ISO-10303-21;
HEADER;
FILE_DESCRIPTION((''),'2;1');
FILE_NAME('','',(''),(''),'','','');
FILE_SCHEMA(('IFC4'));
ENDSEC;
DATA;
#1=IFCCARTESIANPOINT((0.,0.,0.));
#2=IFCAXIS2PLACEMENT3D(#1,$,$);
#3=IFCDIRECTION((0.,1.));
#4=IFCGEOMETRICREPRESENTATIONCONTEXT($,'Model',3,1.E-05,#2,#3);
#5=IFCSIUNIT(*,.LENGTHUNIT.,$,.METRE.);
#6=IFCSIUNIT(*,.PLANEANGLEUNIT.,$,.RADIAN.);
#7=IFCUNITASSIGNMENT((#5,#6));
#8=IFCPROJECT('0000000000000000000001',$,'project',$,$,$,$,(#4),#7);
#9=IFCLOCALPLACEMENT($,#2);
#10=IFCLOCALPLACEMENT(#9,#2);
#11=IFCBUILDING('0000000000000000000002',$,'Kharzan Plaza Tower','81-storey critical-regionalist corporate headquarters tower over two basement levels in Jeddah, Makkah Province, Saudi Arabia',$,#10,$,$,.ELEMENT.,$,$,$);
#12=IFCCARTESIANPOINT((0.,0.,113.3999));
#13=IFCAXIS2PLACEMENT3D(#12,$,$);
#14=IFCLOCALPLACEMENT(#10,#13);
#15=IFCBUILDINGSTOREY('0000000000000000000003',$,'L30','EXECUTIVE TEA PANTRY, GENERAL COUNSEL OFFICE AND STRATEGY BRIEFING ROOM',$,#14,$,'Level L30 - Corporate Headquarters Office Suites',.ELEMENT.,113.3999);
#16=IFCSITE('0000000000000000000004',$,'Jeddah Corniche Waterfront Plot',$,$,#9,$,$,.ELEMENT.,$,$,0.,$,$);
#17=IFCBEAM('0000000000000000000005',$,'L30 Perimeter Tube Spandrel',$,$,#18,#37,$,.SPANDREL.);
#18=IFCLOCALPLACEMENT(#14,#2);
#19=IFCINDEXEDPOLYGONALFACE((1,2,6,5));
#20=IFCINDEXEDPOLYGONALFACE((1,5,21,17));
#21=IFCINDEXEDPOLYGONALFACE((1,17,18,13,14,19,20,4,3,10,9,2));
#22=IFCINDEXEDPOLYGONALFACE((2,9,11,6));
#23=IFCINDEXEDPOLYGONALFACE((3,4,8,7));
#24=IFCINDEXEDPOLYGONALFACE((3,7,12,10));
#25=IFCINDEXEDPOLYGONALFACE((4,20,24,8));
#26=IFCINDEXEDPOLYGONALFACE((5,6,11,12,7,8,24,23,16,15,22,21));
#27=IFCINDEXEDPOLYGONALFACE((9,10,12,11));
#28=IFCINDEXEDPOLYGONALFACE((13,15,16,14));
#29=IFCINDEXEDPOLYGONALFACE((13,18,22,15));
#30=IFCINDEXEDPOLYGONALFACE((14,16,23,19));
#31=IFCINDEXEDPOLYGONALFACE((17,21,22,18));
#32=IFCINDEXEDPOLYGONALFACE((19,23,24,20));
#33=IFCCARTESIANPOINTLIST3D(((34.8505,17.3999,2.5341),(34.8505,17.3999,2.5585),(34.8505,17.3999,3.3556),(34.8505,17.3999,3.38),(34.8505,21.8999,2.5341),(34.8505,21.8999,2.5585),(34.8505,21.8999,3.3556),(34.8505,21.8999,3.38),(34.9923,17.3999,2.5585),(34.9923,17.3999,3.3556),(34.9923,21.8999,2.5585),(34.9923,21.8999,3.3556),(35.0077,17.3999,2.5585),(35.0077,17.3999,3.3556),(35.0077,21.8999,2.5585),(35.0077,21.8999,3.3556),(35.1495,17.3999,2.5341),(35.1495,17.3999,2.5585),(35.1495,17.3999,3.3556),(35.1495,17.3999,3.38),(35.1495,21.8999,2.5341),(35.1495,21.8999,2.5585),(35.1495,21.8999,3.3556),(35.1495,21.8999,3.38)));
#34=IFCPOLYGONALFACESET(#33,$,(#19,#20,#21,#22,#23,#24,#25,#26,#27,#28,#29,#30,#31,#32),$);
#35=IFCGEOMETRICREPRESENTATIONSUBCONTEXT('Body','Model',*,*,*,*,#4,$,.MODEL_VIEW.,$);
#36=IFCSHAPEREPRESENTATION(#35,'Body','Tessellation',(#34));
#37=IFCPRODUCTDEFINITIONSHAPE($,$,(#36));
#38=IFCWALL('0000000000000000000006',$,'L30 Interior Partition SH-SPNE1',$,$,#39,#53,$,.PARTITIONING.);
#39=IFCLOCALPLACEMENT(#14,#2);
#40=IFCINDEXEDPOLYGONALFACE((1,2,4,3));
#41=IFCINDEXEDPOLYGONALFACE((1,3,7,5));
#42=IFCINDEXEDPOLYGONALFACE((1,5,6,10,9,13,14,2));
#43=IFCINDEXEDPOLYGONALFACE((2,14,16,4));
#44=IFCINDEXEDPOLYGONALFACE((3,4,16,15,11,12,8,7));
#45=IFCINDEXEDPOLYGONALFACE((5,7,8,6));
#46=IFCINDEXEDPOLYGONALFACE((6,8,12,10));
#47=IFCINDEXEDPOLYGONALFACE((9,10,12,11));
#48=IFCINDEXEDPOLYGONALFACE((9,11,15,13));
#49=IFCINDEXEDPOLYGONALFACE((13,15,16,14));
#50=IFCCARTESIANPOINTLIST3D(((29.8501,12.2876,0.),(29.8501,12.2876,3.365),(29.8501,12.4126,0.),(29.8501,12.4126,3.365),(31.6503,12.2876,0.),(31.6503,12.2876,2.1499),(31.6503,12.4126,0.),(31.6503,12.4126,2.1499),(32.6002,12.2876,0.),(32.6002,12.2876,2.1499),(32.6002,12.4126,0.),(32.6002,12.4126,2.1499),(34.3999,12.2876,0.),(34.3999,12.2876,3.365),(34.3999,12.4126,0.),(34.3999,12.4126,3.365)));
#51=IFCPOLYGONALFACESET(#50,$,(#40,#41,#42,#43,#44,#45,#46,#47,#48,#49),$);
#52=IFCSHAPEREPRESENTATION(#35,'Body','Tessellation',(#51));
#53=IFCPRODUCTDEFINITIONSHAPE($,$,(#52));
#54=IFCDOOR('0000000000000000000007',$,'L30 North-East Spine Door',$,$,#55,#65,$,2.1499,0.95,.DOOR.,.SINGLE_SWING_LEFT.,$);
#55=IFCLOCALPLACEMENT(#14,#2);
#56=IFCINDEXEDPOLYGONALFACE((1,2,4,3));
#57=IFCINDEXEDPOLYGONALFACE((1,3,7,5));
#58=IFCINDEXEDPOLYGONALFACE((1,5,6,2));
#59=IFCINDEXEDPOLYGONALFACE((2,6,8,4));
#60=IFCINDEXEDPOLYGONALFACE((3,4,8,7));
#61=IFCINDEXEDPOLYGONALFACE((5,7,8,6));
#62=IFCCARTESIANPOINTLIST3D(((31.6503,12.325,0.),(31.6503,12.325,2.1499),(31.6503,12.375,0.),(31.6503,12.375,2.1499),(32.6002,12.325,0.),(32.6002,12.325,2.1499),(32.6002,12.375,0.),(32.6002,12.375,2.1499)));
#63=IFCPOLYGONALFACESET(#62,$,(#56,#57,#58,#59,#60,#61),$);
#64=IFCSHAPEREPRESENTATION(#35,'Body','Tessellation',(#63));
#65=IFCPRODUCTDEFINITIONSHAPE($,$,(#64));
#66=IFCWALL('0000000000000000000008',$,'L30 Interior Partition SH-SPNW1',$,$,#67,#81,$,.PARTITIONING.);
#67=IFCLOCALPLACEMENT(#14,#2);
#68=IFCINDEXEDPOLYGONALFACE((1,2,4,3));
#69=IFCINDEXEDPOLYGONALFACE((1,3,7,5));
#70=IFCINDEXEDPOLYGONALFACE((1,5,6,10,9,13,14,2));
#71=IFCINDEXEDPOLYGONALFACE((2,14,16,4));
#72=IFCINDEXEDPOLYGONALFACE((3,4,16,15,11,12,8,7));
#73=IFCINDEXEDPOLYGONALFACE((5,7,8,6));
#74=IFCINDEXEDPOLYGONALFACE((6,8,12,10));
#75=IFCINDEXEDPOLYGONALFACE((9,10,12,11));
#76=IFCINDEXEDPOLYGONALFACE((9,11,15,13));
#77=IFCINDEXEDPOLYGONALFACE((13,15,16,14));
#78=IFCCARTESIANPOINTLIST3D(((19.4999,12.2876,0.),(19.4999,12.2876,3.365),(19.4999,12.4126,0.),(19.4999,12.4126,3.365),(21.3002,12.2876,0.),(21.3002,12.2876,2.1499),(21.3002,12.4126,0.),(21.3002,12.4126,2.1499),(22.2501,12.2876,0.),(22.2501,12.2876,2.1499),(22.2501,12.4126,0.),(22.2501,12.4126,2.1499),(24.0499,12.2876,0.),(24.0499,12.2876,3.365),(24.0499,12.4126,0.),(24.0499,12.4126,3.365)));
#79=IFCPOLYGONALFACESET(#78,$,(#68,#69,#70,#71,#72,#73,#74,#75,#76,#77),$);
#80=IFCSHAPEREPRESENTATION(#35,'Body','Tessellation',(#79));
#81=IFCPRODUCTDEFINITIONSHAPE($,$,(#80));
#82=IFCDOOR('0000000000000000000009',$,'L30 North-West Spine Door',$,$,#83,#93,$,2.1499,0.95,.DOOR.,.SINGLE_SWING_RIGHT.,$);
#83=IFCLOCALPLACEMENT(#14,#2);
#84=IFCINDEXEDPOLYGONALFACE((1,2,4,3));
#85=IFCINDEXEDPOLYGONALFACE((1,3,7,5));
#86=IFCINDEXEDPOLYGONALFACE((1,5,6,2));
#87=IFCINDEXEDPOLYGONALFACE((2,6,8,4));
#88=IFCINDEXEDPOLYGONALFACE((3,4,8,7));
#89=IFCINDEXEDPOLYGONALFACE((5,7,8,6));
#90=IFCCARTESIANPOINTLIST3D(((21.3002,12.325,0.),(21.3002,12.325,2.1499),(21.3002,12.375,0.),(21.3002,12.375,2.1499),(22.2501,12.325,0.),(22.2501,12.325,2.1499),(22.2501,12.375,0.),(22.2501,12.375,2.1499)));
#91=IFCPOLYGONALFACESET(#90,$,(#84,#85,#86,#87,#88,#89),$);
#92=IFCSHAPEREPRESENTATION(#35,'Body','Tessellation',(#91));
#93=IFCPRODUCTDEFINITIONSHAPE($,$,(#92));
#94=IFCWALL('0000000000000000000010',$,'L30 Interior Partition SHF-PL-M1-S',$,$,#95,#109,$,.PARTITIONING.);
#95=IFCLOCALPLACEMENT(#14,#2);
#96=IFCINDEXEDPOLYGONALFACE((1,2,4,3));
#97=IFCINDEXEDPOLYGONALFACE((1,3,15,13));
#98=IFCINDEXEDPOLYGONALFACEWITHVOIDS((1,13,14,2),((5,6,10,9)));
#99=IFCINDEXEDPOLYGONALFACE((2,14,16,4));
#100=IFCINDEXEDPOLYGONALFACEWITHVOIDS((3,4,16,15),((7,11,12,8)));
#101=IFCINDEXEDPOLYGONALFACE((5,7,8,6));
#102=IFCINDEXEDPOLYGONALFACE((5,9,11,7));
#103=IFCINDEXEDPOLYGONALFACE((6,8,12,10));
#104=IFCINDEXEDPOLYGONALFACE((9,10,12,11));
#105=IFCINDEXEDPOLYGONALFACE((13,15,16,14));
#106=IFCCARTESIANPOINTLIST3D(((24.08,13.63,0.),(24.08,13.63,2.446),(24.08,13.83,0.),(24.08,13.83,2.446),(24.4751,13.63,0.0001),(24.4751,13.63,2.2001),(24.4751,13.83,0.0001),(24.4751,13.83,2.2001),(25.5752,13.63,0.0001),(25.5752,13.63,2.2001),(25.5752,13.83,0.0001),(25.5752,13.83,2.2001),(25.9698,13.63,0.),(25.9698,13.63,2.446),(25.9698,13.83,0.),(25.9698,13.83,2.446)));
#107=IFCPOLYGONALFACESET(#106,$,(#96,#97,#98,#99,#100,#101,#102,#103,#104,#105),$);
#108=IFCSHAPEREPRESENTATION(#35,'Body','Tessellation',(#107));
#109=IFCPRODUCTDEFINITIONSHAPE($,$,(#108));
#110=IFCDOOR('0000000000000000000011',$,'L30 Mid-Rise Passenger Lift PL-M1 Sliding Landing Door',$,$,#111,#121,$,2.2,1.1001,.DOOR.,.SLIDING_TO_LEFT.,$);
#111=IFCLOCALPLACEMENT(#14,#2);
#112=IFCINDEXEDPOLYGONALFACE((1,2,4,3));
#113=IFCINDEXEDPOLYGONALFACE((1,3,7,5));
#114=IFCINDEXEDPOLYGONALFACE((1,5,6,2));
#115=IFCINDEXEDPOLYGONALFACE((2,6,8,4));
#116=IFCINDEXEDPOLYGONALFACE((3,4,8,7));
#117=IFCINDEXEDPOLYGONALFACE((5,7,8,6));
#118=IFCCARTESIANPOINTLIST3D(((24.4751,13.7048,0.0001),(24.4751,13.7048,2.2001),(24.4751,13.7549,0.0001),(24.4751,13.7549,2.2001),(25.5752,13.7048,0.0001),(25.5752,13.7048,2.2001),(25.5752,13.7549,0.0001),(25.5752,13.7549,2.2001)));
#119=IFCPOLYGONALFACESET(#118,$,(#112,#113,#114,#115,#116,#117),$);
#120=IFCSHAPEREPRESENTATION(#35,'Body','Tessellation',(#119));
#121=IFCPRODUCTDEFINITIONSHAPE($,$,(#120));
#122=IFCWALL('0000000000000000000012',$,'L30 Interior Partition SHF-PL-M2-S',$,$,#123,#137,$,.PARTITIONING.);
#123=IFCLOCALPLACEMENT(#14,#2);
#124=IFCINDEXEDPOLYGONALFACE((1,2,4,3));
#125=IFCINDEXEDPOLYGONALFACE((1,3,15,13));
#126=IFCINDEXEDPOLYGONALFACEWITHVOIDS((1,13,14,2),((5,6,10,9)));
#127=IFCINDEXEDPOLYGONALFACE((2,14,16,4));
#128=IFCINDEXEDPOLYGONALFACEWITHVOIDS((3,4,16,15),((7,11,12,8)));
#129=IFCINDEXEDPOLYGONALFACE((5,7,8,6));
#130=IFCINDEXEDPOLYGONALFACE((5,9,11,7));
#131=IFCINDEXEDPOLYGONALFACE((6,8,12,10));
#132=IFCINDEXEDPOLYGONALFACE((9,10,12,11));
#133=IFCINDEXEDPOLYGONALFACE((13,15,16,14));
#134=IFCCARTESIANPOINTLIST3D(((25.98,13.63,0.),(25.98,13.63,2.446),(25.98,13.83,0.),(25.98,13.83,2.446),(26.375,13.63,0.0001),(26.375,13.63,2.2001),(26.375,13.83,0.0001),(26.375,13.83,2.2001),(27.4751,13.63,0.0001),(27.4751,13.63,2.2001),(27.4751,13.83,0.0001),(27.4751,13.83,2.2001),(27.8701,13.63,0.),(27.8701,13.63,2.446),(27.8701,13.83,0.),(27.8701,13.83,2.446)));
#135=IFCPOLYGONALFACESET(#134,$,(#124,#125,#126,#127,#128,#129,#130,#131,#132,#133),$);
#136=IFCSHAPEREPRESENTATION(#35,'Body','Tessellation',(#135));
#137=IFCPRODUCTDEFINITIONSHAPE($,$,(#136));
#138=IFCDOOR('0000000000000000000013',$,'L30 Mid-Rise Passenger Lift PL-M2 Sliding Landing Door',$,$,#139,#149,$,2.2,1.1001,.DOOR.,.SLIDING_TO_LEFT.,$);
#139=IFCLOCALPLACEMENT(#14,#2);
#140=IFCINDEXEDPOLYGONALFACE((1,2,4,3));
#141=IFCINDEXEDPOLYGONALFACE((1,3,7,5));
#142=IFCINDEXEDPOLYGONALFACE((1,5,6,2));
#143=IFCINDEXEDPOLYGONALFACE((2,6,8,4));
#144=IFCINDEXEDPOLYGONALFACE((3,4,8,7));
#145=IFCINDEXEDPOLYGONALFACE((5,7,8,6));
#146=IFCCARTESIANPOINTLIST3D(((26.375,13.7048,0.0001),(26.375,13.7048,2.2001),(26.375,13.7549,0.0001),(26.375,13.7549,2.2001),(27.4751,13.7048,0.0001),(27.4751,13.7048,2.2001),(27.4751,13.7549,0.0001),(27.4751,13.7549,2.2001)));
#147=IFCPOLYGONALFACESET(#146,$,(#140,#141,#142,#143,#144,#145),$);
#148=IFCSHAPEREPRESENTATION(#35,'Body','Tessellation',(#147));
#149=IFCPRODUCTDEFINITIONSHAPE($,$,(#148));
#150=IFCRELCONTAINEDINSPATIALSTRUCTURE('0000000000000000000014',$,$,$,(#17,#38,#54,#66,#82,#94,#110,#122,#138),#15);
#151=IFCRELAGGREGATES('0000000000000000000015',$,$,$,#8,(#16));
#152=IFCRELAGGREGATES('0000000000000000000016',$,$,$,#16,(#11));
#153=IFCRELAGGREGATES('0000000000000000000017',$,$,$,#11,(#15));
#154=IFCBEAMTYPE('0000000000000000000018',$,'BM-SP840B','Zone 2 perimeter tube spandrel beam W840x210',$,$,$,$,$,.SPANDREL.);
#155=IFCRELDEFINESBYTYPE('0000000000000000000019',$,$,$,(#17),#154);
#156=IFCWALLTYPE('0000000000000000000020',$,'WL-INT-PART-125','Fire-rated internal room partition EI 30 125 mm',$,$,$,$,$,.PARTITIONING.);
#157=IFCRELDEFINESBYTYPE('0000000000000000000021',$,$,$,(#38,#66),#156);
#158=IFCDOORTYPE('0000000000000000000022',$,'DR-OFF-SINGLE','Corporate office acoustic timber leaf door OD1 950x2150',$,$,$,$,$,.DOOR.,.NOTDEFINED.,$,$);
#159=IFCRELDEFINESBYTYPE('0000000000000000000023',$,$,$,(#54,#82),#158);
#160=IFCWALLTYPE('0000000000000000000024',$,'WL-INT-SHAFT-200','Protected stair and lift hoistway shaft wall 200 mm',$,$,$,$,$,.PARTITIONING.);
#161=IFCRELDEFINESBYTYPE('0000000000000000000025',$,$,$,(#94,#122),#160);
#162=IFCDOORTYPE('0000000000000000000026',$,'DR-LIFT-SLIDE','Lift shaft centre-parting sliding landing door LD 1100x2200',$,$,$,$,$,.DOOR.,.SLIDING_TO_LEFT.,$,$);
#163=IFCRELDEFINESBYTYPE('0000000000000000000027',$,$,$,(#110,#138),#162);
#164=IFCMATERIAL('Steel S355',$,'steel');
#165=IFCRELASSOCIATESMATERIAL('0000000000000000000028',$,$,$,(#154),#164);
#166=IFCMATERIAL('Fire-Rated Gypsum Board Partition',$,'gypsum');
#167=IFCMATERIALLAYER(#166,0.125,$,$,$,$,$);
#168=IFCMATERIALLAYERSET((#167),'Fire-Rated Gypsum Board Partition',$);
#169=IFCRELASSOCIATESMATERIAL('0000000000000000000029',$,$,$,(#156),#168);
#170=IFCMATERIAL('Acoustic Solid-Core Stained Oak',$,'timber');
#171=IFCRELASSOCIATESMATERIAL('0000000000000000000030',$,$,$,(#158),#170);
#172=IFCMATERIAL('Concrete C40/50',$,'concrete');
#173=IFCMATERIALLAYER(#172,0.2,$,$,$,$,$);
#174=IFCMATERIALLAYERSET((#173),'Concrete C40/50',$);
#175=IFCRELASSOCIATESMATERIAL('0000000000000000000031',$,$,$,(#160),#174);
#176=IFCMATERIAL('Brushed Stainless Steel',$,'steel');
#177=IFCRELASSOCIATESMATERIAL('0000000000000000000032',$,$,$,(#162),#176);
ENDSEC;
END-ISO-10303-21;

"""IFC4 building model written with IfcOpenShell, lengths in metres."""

from ifc_helpers import new_model, si_unit, direction, frame, frame_2d, origin, origin_2d, place, context, subcontext, project, spatial, rectangle, i_section, extrude, source, transform, mapped, material, layer, layer_set, material_profile, profile_set, type_object, element, fill, save


model = new_model("IFC4")

# Units and contexts
model_context = context("Model", 3, precision=1e-05, world=origin(), true_north=direction((0.0, 1.0)))
body_context = subcontext(model_context, "Body", "Model", "MODEL_VIEW")
ifc_project = project(units=[si_unit("LENGTHUNIT", "METRE"), si_unit("PLANEANGLEUNIT", "RADIAN")], contexts=[model_context])

# Site, building, storey
site_placement = place(None, origin())
site = spatial("IfcSite", under=ifc_project, at=site_placement, Name="Jeddah Corniche Waterfront Plot", CompositionType="ELEMENT", RefElevation=0.0)
building_placement = place(site_placement, origin())
building = spatial("IfcBuilding", under=site, at=building_placement, Name="Kharzan Plaza Tower", Description="81-storey critical-regionalist corporate headquarters tower over two basement levels in Jeddah, Makkah Province, Saudi Arabia", CompositionType="ELEMENT")
storey_placement = place(building_placement, frame((0.0, 0.0, 113.3999)))
storey = spatial("IfcBuildingStorey", under=building, at=storey_placement, Name="L30", Description="EXECUTIVE TEA PANTRY, GENERAL COUNSEL OFFICE AND STRATEGY BRIEFING ROOM", LongName="Level L30 - Corporate Headquarters Office Suites", CompositionType="ELEMENT", Elevation=113.3999)

# Beam
ifc_material_1 = material(Name="Steel S355", Category="steel")
ifc_material_profile_1 = material_profile(ifc_material_1, i_section(OverallWidth=0.2991, OverallDepth=0.8459, WebThickness=0.0154, FlangeThickness=0.0244, at=origin_2d()), Name="W840x210")
ifc_profile_set_1 = profile_set([ifc_material_profile_1], Name="Steel S355")
beam_type_1 = type_object("IfcBeamType", Name="BM-SP840B", Description="Zone 2 perimeter tube spandrel beam W840x210", PredefinedType="SPANDREL", material=ifc_profile_set_1)
shared_shape_1 = source(origin(), body_context, "Body", "SweptSolid", [
    extrude(i_section(OverallWidth=0.2991, OverallDepth=0.8459, WebThickness=0.0154, FlangeThickness=0.0244, at=origin_2d()), origin(), (0.0, 0.0, 1.0), 4.5),
])
for number, where, z_axis, x_axis, name in (
    (1, (35.0, 17.3999, 2.957), (0.0, 1.0, 0.0), (-1.0, 0.0, 0.0), "L30 Perimeter Tube Spandrel"),
):
    element("IfcBeam", number, at=place(storey_placement, frame(where, z_axis=z_axis, x_axis=x_axis)), inside=storey, type_object=beam_type_1, Name=name, PredefinedType="SPANDREL", context=body_context, shape_type="MappedRepresentation", body=[
        mapped(shared_shape_1, transform((0.0, 0.0, 0.0), x_axis=(1.0, 0.0, 0.0), y_axis=(0.0, 1.0, 0.0), z_axis=(0.0, 0.0, 1.0))),
    ])

# Walls, openings, doors
ifc_material_2 = material(Name="Fire-Rated Gypsum Board Partition", Category="gypsum")
ifc_layer_1 = layer(ifc_material_2, 0.125)
ifc_layer_set_1 = layer_set([ifc_layer_1], Name="Fire-Rated Gypsum Board Partition")
wall_type_1 = type_object("IfcWallType", Name="WL-INT-PART-125", Description="Fire-rated internal room partition EI 30 125 mm", PredefinedType="PARTITIONING", material=ifc_layer_set_1)
wall_1_placement = place(storey_placement, frame((29.8501, 12.3501, 0.0), z_axis=(0.0, 0.0, 1.0), x_axis=(1.0, 0.0, 0.0)))
wall_1 = element("IfcWall", 2, at=wall_1_placement, inside=storey, type_object=wall_type_1, Name="L30 Interior Partition SH-SPNE1", PredefinedType="PARTITIONING", context=body_context, shape_type="SweptSolid", body=[
    extrude(rectangle(XDim=4.5498, YDim=0.125, at=frame_2d((2.2749, 0.0))), origin(), (0.0, 0.0, 1.0), 3.365),
])
opening_1_placement = place(wall_1_placement, frame((1.8, 0.0, 0.0)))
opening_1 = element("IfcOpeningElement", 3, at=opening_1_placement, cuts=wall_1, PredefinedType="OPENING", context=body_context, shape_type="SweptSolid", body=[
    extrude(rectangle(XDim=0.95, YDim=2.1499, at=frame_2d((0.4751, 1.075))), frame((0.0, 0.0725, 0.0), z_axis=(0.0, -1.0, 0.0), x_axis=(1.0, 0.0, 0.0)), (0.0, 0.0, 1.0), 0.145),
])
ifc_material_3 = material(Name="Acoustic Solid-Core Stained Oak", Category="timber")
door_type_1 = type_object("IfcDoorType", Name="DR-OFF-SINGLE", Description="Corporate office acoustic timber leaf door OD1 950x2150", OperationType="NOTDEFINED", PredefinedType="DOOR", material=ifc_material_3)
shared_shape_2 = source(origin(), body_context, "Body", "SweptSolid", [
    extrude(rectangle(XDim=0.95, YDim=2.1499, at=frame_2d((0.4751, 1.075))), frame((0.0, 0.0249, 0.0), z_axis=(0.0, -1.0, 0.0), x_axis=(1.0, 0.0, 0.0)), (0.0, 0.0, 1.0), 0.05),
])
door_1_placement = place(opening_1_placement, origin())
door_1 = element("IfcDoor", 4, at=door_1_placement, inside=storey, type_object=door_type_1, Name="L30 North-East Spine Door", OperationType="SINGLE_SWING_LEFT", OverallHeight=2.1499, OverallWidth=0.95, PredefinedType="DOOR", context=body_context, shape_type="MappedRepresentation", body=[
    mapped(shared_shape_2, transform((0.0, 0.0, 0.0), x_axis=(1.0, 0.0, 0.0), y_axis=(0.0, 1.0, 0.0), z_axis=(0.0, 0.0, 1.0))),
])
fill(opening_1, door_1)
wall_2_placement = place(storey_placement, frame((19.5, 12.3501, 0.0), z_axis=(0.0, 0.0, 1.0), x_axis=(1.0, 0.0, 0.0)))
wall_2 = element("IfcWall", 5, at=wall_2_placement, inside=storey, type_object=wall_type_1, Name="L30 Interior Partition SH-SPNW1", PredefinedType="PARTITIONING", context=body_context, shape_type="SweptSolid", body=[
    extrude(rectangle(XDim=4.55, YDim=0.125, at=frame_2d((2.2749, 0.0))), origin(), (0.0, 0.0, 1.0), 3.365),
])
opening_2_placement = place(wall_2_placement, frame((1.8, 0.0, 0.0)))
opening_2 = element("IfcOpeningElement", 6, at=opening_2_placement, cuts=wall_2, PredefinedType="OPENING", context=body_context, shape_type="SweptSolid", body=[
    extrude(rectangle(XDim=0.95, YDim=2.1499, at=frame_2d((0.4751, 1.075))), frame((0.0, 0.0725, 0.0), z_axis=(0.0, -1.0, 0.0), x_axis=(1.0, 0.0, 0.0)), (0.0, 0.0, 1.0), 0.145),
])
door_2_placement = place(opening_2_placement, origin())
door_2 = element("IfcDoor", 7, at=door_2_placement, inside=storey, type_object=door_type_1, Name="L30 North-West Spine Door", OperationType="SINGLE_SWING_RIGHT", OverallHeight=2.1499, OverallWidth=0.95, PredefinedType="DOOR", context=body_context, shape_type="MappedRepresentation", body=[
    mapped(shared_shape_2, transform((0.0, 0.0, 0.0), x_axis=(1.0, 0.0, 0.0), y_axis=(0.0, 1.0, 0.0), z_axis=(0.0, 0.0, 1.0))),
])
fill(opening_2, door_2)
ifc_material_4 = material(Name="Concrete C40/50", Category="concrete")
ifc_layer_2 = layer(ifc_material_4, 0.2)
ifc_layer_set_2 = layer_set([ifc_layer_2], Name="Concrete C40/50")
wall_type_2 = type_object("IfcWallType", Name="WL-INT-SHAFT-200", Description="Protected stair and lift hoistway shaft wall 200 mm", PredefinedType="PARTITIONING", material=ifc_layer_set_2)
wall_3_placement = place(storey_placement, frame((24.0801, 13.73, 0.0), z_axis=(0.0, 0.0, 1.0), x_axis=(1.0, 0.0, 0.0)))
wall_3 = element("IfcWall", 8, at=wall_3_placement, inside=storey, type_object=wall_type_2, Name="L30 Interior Partition SHF-PL-M1-S", PredefinedType="PARTITIONING", context=body_context, shape_type="SweptSolid", body=[
    extrude(rectangle(XDim=1.8899, YDim=0.2, at=frame_2d((0.9448, 0.0))), origin(), (0.0, 0.0, 1.0), 2.446),
])
opening_3_placement = place(wall_3_placement, frame((0.395, 0.0, 0.0)))
opening_3 = element("IfcOpeningElement", 9, at=opening_3_placement, cuts=wall_3, PredefinedType="OPENING", context=body_context, shape_type="SweptSolid", body=[
    extrude(rectangle(XDim=1.1001, YDim=2.2, at=frame_2d((0.55, 1.1001))), frame((0.0, 0.1099, 0.0), z_axis=(0.0, -1.0, 0.0), x_axis=(1.0, 0.0, 0.0)), (0.0, 0.0, 1.0), 0.22),
])
ifc_material_5 = material(Name="Brushed Stainless Steel", Category="steel")
door_type_2 = type_object("IfcDoorType", Name="DR-LIFT-SLIDE", Description="Lift shaft centre-parting sliding landing door LD 1100x2200", OperationType="SLIDING_TO_LEFT", PredefinedType="DOOR", material=ifc_material_5)
shared_shape_3 = source(origin(), body_context, "Body", "SweptSolid", [
    extrude(rectangle(XDim=1.1001, YDim=2.2, at=frame_2d((0.55, 1.1001))), frame((0.0, 0.0249, 0.0), z_axis=(0.0, -1.0, 0.0), x_axis=(1.0, 0.0, 0.0)), (0.0, 0.0, 1.0), 0.05),
])
door_3_placement = place(opening_3_placement, origin())
door_3 = element("IfcDoor", 10, at=door_3_placement, inside=storey, type_object=door_type_2, Name="L30 Mid-Rise Passenger Lift PL-M1 Sliding Landing Door", OperationType="SLIDING_TO_LEFT", OverallHeight=2.2, OverallWidth=1.1001, PredefinedType="DOOR", context=body_context, shape_type="MappedRepresentation", body=[
    mapped(shared_shape_3, transform((0.0, 0.0, 0.0), x_axis=(1.0, 0.0, 0.0), y_axis=(0.0, 1.0, 0.0), z_axis=(0.0, 0.0, 1.0))),
])
fill(opening_3, door_3)
wall_4_placement = place(storey_placement, frame((25.98, 13.73, 0.0), z_axis=(0.0, 0.0, 1.0), x_axis=(1.0, 0.0, 0.0)))
wall_4 = element("IfcWall", 11, at=wall_4_placement, inside=storey, type_object=wall_type_2, Name="L30 Interior Partition SHF-PL-M2-S", PredefinedType="PARTITIONING", context=body_context, shape_type="SweptSolid", body=[
    extrude(rectangle(XDim=1.8901, YDim=0.2, at=frame_2d((0.9451, 0.0))), origin(), (0.0, 0.0, 1.0), 2.446),
])
opening_4_placement = place(wall_4_placement, frame((0.395, 0.0, 0.0)))
opening_4 = element("IfcOpeningElement", 12, at=opening_4_placement, cuts=wall_4, PredefinedType="OPENING", context=body_context, shape_type="SweptSolid", body=[
    extrude(rectangle(XDim=1.1001, YDim=2.2, at=frame_2d((0.55, 1.1001))), frame((0.0, 0.1099, 0.0), z_axis=(0.0, -1.0, 0.0), x_axis=(1.0, 0.0, 0.0)), (0.0, 0.0, 1.0), 0.22),
])
door_4_placement = place(opening_4_placement, origin())
door_4 = element("IfcDoor", 13, at=door_4_placement, inside=storey, type_object=door_type_2, Name="L30 Mid-Rise Passenger Lift PL-M2 Sliding Landing Door", OperationType="SLIDING_TO_LEFT", OverallHeight=2.2, OverallWidth=1.1001, PredefinedType="DOOR", context=body_context, shape_type="MappedRepresentation", body=[
    mapped(shared_shape_3, transform((0.0, 0.0, 0.0), x_axis=(1.0, 0.0, 0.0), y_axis=(0.0, 1.0, 0.0), z_axis=(0.0, 0.0, 1.0))),
])
fill(opening_4, door_4)

save(model, "model.ifc")
